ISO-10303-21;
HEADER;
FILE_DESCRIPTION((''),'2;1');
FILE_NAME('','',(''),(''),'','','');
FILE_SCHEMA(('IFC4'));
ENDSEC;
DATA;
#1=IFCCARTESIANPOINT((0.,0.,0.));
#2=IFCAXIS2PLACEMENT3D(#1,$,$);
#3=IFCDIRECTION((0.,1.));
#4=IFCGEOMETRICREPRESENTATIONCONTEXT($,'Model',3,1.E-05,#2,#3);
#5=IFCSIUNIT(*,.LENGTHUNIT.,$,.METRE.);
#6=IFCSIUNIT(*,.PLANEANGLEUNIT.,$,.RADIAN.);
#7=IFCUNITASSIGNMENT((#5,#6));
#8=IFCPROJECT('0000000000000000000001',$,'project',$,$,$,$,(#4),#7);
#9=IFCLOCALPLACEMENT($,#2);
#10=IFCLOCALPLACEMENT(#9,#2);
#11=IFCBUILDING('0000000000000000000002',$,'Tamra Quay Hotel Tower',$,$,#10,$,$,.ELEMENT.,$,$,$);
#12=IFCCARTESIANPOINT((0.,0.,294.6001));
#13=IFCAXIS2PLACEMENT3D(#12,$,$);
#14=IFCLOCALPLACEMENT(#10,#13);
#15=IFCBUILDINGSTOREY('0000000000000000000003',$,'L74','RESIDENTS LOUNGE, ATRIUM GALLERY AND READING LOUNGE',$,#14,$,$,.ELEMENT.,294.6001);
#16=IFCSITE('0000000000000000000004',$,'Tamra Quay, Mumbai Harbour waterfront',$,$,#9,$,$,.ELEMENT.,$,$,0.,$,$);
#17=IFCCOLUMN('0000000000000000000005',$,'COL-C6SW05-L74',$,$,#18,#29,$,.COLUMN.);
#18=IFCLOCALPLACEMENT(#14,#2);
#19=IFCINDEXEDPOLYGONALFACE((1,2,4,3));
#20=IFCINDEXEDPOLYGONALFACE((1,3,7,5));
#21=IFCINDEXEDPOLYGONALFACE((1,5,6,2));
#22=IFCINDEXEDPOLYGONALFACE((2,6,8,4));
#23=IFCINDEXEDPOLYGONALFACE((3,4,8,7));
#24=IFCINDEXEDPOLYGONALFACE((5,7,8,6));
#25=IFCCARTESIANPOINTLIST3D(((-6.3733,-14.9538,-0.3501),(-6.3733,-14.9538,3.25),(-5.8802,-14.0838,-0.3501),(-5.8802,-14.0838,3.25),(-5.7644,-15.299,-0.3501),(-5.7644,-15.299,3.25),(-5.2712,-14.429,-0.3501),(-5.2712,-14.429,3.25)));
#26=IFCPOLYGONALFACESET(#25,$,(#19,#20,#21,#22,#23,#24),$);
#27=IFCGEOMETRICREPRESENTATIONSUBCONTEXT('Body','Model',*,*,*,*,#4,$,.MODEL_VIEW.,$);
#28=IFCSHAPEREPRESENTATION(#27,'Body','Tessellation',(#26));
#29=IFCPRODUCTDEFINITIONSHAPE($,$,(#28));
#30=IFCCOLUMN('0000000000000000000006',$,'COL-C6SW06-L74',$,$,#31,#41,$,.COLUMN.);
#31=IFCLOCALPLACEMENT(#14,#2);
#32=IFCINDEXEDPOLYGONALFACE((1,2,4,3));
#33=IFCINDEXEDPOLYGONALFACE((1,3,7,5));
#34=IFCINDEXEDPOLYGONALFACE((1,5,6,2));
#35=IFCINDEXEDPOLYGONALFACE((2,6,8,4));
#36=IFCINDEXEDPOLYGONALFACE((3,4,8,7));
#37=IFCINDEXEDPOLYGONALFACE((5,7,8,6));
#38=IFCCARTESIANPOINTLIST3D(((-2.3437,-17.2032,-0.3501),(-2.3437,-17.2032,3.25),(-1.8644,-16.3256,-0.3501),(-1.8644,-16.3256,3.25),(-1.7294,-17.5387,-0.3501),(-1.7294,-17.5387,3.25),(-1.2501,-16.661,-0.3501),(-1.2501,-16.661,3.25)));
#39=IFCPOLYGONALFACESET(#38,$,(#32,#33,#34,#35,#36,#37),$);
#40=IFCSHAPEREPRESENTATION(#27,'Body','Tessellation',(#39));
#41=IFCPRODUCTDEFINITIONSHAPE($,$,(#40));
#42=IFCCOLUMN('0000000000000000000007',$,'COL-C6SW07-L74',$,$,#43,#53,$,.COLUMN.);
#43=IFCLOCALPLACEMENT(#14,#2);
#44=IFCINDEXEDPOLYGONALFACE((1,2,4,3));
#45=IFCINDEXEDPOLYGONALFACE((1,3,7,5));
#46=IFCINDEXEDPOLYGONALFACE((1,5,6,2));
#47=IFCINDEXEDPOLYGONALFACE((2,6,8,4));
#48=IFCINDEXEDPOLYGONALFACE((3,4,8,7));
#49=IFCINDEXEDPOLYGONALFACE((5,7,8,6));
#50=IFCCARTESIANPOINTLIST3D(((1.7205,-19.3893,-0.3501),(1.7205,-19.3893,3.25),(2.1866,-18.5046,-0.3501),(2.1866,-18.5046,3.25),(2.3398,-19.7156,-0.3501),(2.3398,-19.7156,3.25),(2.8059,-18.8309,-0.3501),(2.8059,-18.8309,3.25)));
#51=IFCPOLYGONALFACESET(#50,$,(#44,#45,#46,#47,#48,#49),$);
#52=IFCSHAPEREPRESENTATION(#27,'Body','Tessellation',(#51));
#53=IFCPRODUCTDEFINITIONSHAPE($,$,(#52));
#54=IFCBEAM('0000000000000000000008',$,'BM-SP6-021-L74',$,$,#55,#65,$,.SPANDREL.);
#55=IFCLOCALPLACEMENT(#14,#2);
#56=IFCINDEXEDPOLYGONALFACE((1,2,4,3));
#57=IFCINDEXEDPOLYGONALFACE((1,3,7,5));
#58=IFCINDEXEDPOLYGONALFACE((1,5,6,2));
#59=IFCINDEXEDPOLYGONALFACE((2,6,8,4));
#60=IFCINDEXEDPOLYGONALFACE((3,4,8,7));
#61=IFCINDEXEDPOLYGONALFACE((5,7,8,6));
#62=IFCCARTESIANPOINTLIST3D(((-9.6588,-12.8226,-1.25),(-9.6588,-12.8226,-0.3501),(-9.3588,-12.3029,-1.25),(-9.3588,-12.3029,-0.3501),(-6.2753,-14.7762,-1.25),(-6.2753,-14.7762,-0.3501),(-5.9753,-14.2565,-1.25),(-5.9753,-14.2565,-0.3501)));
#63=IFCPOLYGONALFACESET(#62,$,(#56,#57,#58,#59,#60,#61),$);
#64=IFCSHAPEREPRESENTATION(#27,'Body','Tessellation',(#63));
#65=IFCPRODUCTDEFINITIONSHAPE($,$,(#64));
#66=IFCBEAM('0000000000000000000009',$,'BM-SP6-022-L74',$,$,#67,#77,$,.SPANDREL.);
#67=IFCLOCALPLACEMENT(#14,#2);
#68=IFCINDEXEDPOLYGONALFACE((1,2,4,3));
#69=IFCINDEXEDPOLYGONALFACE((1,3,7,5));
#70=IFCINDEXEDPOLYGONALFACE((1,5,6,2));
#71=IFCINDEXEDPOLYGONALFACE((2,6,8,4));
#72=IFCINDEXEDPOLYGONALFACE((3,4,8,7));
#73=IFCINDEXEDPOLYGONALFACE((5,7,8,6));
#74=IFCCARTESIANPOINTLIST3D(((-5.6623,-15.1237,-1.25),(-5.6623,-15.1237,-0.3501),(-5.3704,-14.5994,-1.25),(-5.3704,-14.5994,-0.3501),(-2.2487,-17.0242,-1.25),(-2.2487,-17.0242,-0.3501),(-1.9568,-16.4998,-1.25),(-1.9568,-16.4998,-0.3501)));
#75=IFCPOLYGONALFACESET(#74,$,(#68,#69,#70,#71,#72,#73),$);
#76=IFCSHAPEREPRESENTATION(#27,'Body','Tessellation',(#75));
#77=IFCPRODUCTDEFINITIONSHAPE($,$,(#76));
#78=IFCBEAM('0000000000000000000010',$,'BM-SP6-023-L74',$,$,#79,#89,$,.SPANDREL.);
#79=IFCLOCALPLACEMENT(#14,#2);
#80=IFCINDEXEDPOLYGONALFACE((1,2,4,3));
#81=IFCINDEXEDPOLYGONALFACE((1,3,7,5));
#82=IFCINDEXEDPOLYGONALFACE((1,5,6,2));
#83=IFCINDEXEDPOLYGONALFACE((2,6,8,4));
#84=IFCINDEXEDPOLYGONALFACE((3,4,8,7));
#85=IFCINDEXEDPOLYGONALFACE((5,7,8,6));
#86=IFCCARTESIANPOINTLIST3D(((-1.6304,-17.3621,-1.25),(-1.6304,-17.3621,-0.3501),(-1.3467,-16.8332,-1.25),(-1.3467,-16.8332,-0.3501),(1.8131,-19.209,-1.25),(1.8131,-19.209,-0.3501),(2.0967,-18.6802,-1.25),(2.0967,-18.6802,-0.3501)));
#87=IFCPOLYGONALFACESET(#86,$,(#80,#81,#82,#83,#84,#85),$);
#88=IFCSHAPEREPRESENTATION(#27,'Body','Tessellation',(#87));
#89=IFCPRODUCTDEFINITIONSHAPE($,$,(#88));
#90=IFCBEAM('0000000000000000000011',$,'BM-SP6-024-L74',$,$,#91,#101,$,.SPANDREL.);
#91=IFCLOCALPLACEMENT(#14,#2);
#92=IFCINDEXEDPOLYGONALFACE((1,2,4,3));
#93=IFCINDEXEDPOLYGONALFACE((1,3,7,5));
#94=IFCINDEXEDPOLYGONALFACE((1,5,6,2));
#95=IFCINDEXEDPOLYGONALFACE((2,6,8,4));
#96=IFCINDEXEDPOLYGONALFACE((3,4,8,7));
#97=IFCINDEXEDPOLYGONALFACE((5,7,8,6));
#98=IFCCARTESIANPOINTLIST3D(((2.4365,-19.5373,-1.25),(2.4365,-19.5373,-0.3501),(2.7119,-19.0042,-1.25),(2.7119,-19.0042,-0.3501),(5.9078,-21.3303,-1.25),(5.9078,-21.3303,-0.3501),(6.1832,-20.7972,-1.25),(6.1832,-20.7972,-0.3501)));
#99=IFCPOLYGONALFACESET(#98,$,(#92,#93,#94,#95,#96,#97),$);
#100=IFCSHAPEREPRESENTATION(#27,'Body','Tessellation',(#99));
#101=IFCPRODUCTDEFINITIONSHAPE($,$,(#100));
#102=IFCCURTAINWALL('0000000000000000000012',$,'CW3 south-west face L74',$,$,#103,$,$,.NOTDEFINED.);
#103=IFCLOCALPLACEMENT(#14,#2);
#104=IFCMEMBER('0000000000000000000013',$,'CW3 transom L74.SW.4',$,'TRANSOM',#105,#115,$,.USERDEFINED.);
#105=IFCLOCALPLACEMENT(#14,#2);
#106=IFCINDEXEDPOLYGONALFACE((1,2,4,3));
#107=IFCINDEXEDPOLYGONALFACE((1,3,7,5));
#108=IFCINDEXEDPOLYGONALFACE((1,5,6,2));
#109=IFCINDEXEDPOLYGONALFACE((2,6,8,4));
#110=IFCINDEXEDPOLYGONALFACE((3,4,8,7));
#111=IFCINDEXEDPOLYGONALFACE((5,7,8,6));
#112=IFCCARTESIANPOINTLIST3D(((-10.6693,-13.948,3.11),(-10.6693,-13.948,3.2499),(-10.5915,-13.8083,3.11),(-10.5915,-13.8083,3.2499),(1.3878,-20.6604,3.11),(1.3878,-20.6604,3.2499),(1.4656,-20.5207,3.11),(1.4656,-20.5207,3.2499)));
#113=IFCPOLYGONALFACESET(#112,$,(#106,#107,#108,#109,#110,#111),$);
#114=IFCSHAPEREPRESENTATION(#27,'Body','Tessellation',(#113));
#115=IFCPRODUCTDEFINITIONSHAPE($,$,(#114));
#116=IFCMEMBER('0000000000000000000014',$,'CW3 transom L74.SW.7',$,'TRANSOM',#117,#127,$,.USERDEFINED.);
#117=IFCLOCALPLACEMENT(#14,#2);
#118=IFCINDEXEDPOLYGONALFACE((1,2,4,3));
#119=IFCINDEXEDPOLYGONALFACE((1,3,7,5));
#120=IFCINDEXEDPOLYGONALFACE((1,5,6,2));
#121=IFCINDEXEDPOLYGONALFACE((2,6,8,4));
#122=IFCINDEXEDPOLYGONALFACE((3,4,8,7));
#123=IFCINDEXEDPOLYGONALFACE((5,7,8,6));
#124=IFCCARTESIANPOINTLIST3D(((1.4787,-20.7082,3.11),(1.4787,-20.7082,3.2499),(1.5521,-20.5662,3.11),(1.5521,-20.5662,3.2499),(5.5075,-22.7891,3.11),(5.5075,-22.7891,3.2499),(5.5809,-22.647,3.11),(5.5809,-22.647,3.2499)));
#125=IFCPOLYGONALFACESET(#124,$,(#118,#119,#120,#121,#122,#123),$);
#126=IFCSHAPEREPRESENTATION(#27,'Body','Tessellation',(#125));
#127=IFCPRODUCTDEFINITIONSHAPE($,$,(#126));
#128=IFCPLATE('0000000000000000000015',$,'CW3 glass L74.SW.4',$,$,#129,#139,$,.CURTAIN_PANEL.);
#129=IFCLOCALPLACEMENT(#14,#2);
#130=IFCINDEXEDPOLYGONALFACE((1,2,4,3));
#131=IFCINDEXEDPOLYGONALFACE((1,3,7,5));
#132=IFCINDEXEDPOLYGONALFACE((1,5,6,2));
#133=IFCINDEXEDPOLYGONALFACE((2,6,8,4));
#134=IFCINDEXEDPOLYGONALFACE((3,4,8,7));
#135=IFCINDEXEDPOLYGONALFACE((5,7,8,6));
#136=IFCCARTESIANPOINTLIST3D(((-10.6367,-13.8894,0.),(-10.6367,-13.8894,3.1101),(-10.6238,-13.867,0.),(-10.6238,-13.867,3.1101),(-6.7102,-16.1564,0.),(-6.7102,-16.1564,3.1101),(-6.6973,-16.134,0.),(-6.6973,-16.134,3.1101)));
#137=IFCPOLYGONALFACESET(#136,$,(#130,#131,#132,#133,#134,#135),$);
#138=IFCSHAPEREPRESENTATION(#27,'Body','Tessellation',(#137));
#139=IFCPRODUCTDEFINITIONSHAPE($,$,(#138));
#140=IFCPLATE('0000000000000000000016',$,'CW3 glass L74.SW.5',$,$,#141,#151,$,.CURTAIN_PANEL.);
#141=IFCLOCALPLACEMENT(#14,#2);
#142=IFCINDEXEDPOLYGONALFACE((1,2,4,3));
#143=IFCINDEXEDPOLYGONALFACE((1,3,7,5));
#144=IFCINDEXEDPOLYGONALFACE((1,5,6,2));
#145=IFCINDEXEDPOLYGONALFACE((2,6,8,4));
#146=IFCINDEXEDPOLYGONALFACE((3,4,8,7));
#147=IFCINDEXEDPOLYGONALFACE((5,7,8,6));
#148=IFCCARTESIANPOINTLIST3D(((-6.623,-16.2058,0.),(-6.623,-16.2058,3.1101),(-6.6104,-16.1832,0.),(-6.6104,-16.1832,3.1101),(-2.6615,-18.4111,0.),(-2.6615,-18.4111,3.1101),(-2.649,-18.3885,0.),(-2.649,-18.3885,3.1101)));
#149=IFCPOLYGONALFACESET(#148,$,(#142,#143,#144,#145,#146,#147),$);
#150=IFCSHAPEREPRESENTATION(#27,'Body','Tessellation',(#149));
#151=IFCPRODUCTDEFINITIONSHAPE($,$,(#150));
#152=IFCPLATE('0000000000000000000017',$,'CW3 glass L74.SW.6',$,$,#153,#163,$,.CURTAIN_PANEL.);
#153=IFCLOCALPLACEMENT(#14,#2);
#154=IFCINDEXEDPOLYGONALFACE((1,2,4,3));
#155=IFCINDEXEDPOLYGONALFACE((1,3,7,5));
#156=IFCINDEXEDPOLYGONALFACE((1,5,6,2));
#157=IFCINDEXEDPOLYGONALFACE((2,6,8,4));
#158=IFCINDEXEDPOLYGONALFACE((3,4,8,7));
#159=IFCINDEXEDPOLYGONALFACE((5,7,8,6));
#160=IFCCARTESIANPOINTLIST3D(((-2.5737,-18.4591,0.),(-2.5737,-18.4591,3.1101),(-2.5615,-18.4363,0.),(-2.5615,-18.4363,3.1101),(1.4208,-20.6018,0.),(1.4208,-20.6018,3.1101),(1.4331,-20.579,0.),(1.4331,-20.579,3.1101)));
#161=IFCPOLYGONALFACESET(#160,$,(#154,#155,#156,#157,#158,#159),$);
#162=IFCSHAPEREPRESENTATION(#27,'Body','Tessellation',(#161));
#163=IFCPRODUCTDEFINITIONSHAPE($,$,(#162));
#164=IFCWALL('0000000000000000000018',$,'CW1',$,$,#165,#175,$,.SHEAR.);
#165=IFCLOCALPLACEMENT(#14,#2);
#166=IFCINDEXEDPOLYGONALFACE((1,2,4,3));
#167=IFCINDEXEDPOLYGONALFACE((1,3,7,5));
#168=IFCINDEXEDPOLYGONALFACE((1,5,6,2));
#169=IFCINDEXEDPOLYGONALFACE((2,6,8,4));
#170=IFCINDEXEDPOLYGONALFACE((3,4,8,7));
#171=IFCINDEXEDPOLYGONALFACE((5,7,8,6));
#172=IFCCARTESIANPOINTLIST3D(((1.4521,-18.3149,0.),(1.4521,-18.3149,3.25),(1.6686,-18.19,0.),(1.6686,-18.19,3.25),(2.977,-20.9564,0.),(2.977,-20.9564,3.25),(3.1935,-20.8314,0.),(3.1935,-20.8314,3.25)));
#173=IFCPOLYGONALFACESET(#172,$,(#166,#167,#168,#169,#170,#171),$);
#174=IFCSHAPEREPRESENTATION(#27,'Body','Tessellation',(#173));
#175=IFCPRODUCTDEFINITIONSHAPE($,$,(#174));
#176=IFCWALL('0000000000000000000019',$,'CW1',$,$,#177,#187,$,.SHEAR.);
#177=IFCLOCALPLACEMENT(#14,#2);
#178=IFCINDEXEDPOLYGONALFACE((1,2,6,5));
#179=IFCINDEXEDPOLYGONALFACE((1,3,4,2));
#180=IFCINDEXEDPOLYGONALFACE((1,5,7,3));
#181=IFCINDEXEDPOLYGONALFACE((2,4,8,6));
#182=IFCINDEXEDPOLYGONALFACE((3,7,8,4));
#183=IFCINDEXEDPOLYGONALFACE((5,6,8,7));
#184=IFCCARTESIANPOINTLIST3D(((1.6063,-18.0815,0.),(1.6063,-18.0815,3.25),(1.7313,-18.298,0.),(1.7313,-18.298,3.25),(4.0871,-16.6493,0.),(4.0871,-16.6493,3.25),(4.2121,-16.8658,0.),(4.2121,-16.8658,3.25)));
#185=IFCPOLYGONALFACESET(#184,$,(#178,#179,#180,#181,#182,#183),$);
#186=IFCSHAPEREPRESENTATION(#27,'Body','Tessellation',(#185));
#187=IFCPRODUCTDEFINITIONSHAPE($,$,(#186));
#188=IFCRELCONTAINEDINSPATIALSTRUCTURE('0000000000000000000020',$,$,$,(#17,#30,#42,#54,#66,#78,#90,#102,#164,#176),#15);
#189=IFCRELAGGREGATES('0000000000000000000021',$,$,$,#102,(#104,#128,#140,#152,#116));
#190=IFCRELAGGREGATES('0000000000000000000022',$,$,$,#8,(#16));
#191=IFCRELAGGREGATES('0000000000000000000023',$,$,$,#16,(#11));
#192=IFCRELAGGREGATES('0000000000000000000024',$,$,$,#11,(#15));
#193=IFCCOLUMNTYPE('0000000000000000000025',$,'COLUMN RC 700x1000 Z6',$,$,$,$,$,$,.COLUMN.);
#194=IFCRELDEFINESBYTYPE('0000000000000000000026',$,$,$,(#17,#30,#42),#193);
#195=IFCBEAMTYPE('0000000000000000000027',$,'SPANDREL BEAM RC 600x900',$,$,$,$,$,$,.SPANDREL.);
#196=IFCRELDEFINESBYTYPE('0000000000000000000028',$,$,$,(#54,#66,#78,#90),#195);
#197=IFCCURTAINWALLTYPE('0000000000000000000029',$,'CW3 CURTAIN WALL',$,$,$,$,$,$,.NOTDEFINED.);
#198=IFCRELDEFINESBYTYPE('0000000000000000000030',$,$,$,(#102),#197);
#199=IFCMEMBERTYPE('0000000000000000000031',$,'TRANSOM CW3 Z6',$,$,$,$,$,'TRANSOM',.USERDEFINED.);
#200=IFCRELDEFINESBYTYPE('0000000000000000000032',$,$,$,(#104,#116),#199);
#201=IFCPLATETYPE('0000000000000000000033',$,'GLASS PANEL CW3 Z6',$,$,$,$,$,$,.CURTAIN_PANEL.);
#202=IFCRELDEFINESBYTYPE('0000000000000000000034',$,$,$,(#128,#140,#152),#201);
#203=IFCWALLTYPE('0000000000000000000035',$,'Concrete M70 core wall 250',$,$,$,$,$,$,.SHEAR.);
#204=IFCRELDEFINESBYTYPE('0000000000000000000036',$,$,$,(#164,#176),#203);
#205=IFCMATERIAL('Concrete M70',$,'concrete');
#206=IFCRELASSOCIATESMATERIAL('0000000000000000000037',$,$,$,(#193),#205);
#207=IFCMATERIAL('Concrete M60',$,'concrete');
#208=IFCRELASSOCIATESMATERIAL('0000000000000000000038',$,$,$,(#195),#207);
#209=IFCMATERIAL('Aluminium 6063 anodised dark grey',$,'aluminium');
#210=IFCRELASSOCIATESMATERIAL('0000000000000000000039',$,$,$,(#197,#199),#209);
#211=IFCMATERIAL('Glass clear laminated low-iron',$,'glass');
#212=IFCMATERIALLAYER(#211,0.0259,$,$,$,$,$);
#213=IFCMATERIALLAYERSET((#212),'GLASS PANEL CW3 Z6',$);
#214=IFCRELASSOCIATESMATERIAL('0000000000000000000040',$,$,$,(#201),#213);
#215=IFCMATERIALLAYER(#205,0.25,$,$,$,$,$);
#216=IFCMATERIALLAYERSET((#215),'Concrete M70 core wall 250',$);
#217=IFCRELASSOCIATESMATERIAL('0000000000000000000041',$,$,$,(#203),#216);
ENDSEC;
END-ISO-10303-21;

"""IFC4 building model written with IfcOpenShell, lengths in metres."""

from ifc_helpers import new_model, si_unit, direction, frame, frame_2d, origin, origin_2d, place, context, subcontext, project, spatial, rectangle, extrude, material, layer, layer_set, material_profile, profile_set, type_object, element, aggregate, save


model = new_model("IFC4")

# Units and contexts
model_context = context("Model", 3, precision=1e-05, world=origin(), true_north=direction((0.0, 1.0)))
body_context = subcontext(model_context, "Body", "Model", "MODEL_VIEW")
ifc_project = project(units=[si_unit("LENGTHUNIT", "METRE"), si_unit("PLANEANGLEUNIT", "RADIAN")], contexts=[model_context])

# Site, building, storey
site_placement = place(None, origin())
site = spatial("IfcSite", under=ifc_project, at=site_placement, Name="Tamra Quay, Mumbai Harbour waterfront", CompositionType="ELEMENT", RefElevation=0.0)
building_placement = place(site_placement, origin())
building = spatial("IfcBuilding", under=site, at=building_placement, Name="Tamra Quay Hotel Tower", CompositionType="ELEMENT")
storey_placement = place(building_placement, frame((0.0, 0.0, 294.6001)))
storey = spatial("IfcBuildingStorey", under=building, at=storey_placement, Name="L74", Description="RESIDENTS LOUNGE, ATRIUM GALLERY AND READING LOUNGE", CompositionType="ELEMENT", Elevation=294.6001)

# Columns
ifc_material_1 = material(Name="Concrete M70", Category="concrete")
ifc_material_profile_1 = material_profile(ifc_material_1, rectangle(XDim=1.0, YDim=0.7, at=origin_2d()), Name="COLUMN RC 700x1000 Z6")
ifc_profile_set_1 = profile_set([ifc_material_profile_1], Name="Concrete M70")
column_type = type_object("IfcColumnType", Name="COLUMN RC 700x1000 Z6", PredefinedType="COLUMN", material=ifc_profile_set_1)
for number, where, z_axis, x_axis, name in (
    (1, (-5.8223, -14.6914, -0.3501), (0.0, 0.0, 1.0), (0.493125, 0.869958, 0.0), "COL-C6SW05-L74"),
    (2, (-1.7969, -16.9321, -0.3501), (0.0, 0.0, 1.0), (0.479288, 0.877658, 0.0), "COL-C6SW06-L74"),
    (3, (2.2632, -19.1101, -0.3501), (0.0, 0.0, 1.0), (0.466118, 0.884723, 0.0), "COL-C6SW07-L74"),
):
    element("IfcColumn", number, at=place(storey_placement, frame(where, z_axis=z_axis, x_axis=x_axis)), inside=storey, type_object=column_type, Name=name, PredefinedType="COLUMN", context=body_context, shape_type="SweptSolid", body=[
        extrude(rectangle(XDim=1.0, YDim=0.7, at=origin_2d()), origin(), (0.0, 0.0, 1.0), 3.6001),
    ])

# Beams
ifc_material_2 = material(Name="Concrete M60", Category="concrete")
ifc_material_profile_2 = material_profile(ifc_material_2, rectangle(XDim=0.6001, YDim=0.8999, at=origin_2d()), Name="SPANDREL BEAM RC 600x900")
ifc_profile_set_2 = profile_set([ifc_material_profile_2], Name="Concrete M60")
beam_type = type_object("IfcBeamType", Name="SPANDREL BEAM RC 600x900", PredefinedType="SPANDREL", material=ifc_profile_set_2)
for number, where, z_axis, x_axis, name in (
    (4, (-9.5088, -12.5627, -0.8), (0.866012, -0.500024, 0.0), (0.500024, 0.866012, 0.0), "BM-SP6-021-L74"),
    (5, (-5.5164, -14.8616, -0.8), (0.873727, -0.486417, 0.0), (0.486417, 0.873727, 0.0), "BM-SP6-022-L74"),
):
    element("IfcBeam", number, at=place(storey_placement, frame(where, z_axis=z_axis, x_axis=x_axis)), inside=storey, type_object=beam_type, Name=name, PredefinedType="SPANDREL", context=body_context, shape_type="SweptSolid", body=[
        extrude(rectangle(XDim=0.6001, YDim=0.8999, at=origin_2d()), origin(), (0.0, 0.0, 1.0), 3.907),
    ])
beam_1_placement = place(storey_placement, frame((-1.4885, -17.0977, -0.8), z_axis=(0.881238, -0.472672, 0.0), x_axis=(0.472672, 0.881238, 0.0)))
element("IfcBeam", 6, at=beam_1_placement, inside=storey, type_object=beam_type, Name="BM-SP6-023-L74", PredefinedType="SPANDREL", context=body_context, shape_type="SweptSolid", body=[
    extrude(rectangle(XDim=0.6001, YDim=0.8999, at=origin_2d()), origin(), (0.0, 0.0, 1.0), 3.9075),
])
beam_2_placement = place(storey_placement, frame((2.5742, -19.2708, -0.8), z_axis=(0.888476, -0.458923, 0.0), x_axis=(0.458923, 0.888476, 0.0)))
element("IfcBeam", 7, at=beam_2_placement, inside=storey, type_object=beam_type, Name="BM-SP6-024-L74", PredefinedType="SPANDREL", context=body_context, shape_type="SweptSolid", body=[
    extrude(rectangle(XDim=0.6001, YDim=0.8999, at=origin_2d()), origin(), (0.0, 0.0, 1.0), 3.907),
])

# Curtain wall, members, plates
ifc_material_3 = material(Name="Aluminium 6063 anodised dark grey", Category="aluminium")
curtain_wall_type = type_object("IfcCurtainWallType", Name="CW3 CURTAIN WALL", PredefinedType="NOTDEFINED", material=ifc_material_3)
curtain_wall_placement = place(storey_placement, origin())
curtain_wall = element("IfcCurtainWall", 8, at=curtain_wall_placement, inside=storey, type_object=curtain_wall_type, Name="CW3 south-west face L74", PredefinedType="NOTDEFINED")
ifc_material_profile_3 = material_profile(ifc_material_3, rectangle(XDim=0.1599, YDim=0.1399, at=origin_2d()), Name="TRANSOM 160X140")
ifc_profile_set_3 = profile_set([ifc_material_profile_3], Name="Aluminium 6063 anodised dark grey")
member_type = type_object("IfcMemberType", Name="TRANSOM CW3 Z6", ElementType="TRANSOM", PredefinedType="USERDEFINED", material=ifc_profile_set_3)
member_1_placement = place(storey_placement, frame((-10.6304, -13.8782, 3.1799), z_axis=(0.873726, -0.486418, 0.0), x_axis=(0.486418, 0.873726, 0.0)))
member_1 = element("IfcMember", 9, at=member_1_placement, type_object=member_type, Name="CW3 transom L74.SW.4", ObjectType="TRANSOM", PredefinedType="USERDEFINED", context=body_context, shape_type="SweptSolid", body=[
    extrude(rectangle(XDim=0.1599, YDim=0.1399, at=origin_2d()), origin(), (0.0, 0.0, 1.0), 13.7996),
])
member_2_placement = place(storey_placement, frame((1.5154, -20.6372, 3.1799), z_axis=(0.888492, -0.458891, 0.0), x_axis=(0.458891, 0.888492, 0.0)))
member_2 = element("IfcMember", 10, at=member_2_placement, type_object=member_type, Name="CW3 transom L74.SW.7", ObjectType="TRANSOM", PredefinedType="USERDEFINED", context=body_context, shape_type="SweptSolid", body=[
    extrude(rectangle(XDim=0.1599, YDim=0.1399, at=origin_2d()), origin(), (0.0, 0.0, 1.0), 4.5344),
])
ifc_material_4 = material(Name="Glass clear laminated low-iron", Category="glass")
ifc_layer_1 = layer(ifc_material_4, 0.0259)
ifc_layer_set_1 = layer_set([ifc_layer_1], Name="GLASS PANEL CW3 Z6")
plate_type = type_object("IfcPlateType", Name="GLASS PANEL CW3 Z6", PredefinedType="CURTAIN_PANEL", material=ifc_layer_set_1)
plate_1_placement = place(storey_placement, frame((-8.667, -15.0117, 0.0), z_axis=(0.0, 0.0, 1.0), x_axis=(0.866025, -0.5, 0.0)))
plate_1 = element("IfcPlate", 11, at=plate_1_placement, type_object=plate_type, Name="CW3 glass L74.SW.4", PredefinedType="CURTAIN_PANEL", context=body_context, shape_type="SweptSolid", body=[
    extrude(rectangle(XDim=4.5339, YDim=0.0259, at=origin_2d()), origin(), (0.0, 0.0, 1.0), 3.1101),
])
plate_2_placement = place(storey_placement, frame((-4.636, -17.2971, 0.0), z_axis=(0.0, 0.0, 1.0), x_axis=(0.873736, -0.486401, 0.0)))
plate_2 = element("IfcPlate", 12, at=plate_2_placement, type_object=plate_type, Name="CW3 glass L74.SW.5", PredefinedType="CURTAIN_PANEL", context=body_context, shape_type="SweptSolid", body=[
    extrude(rectangle(XDim=4.5339, YDim=0.0259, at=origin_2d()), origin(), (0.0, 0.0, 1.0), 3.1101),
])
plate_3_placement = place(storey_placement, frame((-0.5703, -19.519, 0.0), z_axis=(0.0, 0.0, 1.0), x_axis=(0.881224, -0.4727, 0.0)))
plate_3 = element("IfcPlate", 13, at=plate_3_placement, type_object=plate_type, Name="CW3 glass L74.SW.6", PredefinedType="CURTAIN_PANEL", context=body_context, shape_type="SweptSolid", body=[
    extrude(rectangle(XDim=4.533, YDim=0.0259, at=origin_2d()), origin(), (0.0, 0.0, 1.0), 3.1101),
])
aggregate(curtain_wall, [member_1, plate_1, plate_2, plate_3, member_2])

# Walls
ifc_layer_2 = layer(ifc_material_1, 0.25)
ifc_layer_set_2 = layer_set([ifc_layer_2], Name="Concrete M70 core wall 250")
wall_type_1 = type_object("IfcWallType", Name="Concrete M70 core wall 250", PredefinedType="SHEAR", material=ifc_layer_set_2)
wall_1_placement = place(storey_placement, frame((3.0852, -20.8938, 0.0), z_axis=(0.0, 0.0, 1.0), x_axis=(-0.499979, 0.866038, 0.0)))
element("IfcWall", 14, at=wall_1_placement, inside=storey, type_object=wall_type_1, Name="CW1", PredefinedType="SHEAR", context=body_context, shape_type="SweptSolid", body=[
    extrude(rectangle(XDim=3.05, YDim=0.25, at=frame_2d((1.5249, 0.0))), origin(), (0.0, 0.0, 1.0), 3.25),
])
wall_2_placement = place(storey_placement, frame((1.6689, -18.1897, 0.0), z_axis=(0.0, 0.0, 1.0), x_axis=(0.866042, 0.499971, 0.0)))
element("IfcWall", 15, at=wall_2_placement, inside=storey, type_object=wall_type_1, Name="CW1", PredefinedType="SHEAR", context=body_context, shape_type="SweptSolid", body=[
    extrude(rectangle(XDim=2.8645, YDim=0.25, at=frame_2d((1.4321, 0.0))), origin(), (0.0, 0.0, 1.0), 3.25),
])

save(model, "model.ifc")
